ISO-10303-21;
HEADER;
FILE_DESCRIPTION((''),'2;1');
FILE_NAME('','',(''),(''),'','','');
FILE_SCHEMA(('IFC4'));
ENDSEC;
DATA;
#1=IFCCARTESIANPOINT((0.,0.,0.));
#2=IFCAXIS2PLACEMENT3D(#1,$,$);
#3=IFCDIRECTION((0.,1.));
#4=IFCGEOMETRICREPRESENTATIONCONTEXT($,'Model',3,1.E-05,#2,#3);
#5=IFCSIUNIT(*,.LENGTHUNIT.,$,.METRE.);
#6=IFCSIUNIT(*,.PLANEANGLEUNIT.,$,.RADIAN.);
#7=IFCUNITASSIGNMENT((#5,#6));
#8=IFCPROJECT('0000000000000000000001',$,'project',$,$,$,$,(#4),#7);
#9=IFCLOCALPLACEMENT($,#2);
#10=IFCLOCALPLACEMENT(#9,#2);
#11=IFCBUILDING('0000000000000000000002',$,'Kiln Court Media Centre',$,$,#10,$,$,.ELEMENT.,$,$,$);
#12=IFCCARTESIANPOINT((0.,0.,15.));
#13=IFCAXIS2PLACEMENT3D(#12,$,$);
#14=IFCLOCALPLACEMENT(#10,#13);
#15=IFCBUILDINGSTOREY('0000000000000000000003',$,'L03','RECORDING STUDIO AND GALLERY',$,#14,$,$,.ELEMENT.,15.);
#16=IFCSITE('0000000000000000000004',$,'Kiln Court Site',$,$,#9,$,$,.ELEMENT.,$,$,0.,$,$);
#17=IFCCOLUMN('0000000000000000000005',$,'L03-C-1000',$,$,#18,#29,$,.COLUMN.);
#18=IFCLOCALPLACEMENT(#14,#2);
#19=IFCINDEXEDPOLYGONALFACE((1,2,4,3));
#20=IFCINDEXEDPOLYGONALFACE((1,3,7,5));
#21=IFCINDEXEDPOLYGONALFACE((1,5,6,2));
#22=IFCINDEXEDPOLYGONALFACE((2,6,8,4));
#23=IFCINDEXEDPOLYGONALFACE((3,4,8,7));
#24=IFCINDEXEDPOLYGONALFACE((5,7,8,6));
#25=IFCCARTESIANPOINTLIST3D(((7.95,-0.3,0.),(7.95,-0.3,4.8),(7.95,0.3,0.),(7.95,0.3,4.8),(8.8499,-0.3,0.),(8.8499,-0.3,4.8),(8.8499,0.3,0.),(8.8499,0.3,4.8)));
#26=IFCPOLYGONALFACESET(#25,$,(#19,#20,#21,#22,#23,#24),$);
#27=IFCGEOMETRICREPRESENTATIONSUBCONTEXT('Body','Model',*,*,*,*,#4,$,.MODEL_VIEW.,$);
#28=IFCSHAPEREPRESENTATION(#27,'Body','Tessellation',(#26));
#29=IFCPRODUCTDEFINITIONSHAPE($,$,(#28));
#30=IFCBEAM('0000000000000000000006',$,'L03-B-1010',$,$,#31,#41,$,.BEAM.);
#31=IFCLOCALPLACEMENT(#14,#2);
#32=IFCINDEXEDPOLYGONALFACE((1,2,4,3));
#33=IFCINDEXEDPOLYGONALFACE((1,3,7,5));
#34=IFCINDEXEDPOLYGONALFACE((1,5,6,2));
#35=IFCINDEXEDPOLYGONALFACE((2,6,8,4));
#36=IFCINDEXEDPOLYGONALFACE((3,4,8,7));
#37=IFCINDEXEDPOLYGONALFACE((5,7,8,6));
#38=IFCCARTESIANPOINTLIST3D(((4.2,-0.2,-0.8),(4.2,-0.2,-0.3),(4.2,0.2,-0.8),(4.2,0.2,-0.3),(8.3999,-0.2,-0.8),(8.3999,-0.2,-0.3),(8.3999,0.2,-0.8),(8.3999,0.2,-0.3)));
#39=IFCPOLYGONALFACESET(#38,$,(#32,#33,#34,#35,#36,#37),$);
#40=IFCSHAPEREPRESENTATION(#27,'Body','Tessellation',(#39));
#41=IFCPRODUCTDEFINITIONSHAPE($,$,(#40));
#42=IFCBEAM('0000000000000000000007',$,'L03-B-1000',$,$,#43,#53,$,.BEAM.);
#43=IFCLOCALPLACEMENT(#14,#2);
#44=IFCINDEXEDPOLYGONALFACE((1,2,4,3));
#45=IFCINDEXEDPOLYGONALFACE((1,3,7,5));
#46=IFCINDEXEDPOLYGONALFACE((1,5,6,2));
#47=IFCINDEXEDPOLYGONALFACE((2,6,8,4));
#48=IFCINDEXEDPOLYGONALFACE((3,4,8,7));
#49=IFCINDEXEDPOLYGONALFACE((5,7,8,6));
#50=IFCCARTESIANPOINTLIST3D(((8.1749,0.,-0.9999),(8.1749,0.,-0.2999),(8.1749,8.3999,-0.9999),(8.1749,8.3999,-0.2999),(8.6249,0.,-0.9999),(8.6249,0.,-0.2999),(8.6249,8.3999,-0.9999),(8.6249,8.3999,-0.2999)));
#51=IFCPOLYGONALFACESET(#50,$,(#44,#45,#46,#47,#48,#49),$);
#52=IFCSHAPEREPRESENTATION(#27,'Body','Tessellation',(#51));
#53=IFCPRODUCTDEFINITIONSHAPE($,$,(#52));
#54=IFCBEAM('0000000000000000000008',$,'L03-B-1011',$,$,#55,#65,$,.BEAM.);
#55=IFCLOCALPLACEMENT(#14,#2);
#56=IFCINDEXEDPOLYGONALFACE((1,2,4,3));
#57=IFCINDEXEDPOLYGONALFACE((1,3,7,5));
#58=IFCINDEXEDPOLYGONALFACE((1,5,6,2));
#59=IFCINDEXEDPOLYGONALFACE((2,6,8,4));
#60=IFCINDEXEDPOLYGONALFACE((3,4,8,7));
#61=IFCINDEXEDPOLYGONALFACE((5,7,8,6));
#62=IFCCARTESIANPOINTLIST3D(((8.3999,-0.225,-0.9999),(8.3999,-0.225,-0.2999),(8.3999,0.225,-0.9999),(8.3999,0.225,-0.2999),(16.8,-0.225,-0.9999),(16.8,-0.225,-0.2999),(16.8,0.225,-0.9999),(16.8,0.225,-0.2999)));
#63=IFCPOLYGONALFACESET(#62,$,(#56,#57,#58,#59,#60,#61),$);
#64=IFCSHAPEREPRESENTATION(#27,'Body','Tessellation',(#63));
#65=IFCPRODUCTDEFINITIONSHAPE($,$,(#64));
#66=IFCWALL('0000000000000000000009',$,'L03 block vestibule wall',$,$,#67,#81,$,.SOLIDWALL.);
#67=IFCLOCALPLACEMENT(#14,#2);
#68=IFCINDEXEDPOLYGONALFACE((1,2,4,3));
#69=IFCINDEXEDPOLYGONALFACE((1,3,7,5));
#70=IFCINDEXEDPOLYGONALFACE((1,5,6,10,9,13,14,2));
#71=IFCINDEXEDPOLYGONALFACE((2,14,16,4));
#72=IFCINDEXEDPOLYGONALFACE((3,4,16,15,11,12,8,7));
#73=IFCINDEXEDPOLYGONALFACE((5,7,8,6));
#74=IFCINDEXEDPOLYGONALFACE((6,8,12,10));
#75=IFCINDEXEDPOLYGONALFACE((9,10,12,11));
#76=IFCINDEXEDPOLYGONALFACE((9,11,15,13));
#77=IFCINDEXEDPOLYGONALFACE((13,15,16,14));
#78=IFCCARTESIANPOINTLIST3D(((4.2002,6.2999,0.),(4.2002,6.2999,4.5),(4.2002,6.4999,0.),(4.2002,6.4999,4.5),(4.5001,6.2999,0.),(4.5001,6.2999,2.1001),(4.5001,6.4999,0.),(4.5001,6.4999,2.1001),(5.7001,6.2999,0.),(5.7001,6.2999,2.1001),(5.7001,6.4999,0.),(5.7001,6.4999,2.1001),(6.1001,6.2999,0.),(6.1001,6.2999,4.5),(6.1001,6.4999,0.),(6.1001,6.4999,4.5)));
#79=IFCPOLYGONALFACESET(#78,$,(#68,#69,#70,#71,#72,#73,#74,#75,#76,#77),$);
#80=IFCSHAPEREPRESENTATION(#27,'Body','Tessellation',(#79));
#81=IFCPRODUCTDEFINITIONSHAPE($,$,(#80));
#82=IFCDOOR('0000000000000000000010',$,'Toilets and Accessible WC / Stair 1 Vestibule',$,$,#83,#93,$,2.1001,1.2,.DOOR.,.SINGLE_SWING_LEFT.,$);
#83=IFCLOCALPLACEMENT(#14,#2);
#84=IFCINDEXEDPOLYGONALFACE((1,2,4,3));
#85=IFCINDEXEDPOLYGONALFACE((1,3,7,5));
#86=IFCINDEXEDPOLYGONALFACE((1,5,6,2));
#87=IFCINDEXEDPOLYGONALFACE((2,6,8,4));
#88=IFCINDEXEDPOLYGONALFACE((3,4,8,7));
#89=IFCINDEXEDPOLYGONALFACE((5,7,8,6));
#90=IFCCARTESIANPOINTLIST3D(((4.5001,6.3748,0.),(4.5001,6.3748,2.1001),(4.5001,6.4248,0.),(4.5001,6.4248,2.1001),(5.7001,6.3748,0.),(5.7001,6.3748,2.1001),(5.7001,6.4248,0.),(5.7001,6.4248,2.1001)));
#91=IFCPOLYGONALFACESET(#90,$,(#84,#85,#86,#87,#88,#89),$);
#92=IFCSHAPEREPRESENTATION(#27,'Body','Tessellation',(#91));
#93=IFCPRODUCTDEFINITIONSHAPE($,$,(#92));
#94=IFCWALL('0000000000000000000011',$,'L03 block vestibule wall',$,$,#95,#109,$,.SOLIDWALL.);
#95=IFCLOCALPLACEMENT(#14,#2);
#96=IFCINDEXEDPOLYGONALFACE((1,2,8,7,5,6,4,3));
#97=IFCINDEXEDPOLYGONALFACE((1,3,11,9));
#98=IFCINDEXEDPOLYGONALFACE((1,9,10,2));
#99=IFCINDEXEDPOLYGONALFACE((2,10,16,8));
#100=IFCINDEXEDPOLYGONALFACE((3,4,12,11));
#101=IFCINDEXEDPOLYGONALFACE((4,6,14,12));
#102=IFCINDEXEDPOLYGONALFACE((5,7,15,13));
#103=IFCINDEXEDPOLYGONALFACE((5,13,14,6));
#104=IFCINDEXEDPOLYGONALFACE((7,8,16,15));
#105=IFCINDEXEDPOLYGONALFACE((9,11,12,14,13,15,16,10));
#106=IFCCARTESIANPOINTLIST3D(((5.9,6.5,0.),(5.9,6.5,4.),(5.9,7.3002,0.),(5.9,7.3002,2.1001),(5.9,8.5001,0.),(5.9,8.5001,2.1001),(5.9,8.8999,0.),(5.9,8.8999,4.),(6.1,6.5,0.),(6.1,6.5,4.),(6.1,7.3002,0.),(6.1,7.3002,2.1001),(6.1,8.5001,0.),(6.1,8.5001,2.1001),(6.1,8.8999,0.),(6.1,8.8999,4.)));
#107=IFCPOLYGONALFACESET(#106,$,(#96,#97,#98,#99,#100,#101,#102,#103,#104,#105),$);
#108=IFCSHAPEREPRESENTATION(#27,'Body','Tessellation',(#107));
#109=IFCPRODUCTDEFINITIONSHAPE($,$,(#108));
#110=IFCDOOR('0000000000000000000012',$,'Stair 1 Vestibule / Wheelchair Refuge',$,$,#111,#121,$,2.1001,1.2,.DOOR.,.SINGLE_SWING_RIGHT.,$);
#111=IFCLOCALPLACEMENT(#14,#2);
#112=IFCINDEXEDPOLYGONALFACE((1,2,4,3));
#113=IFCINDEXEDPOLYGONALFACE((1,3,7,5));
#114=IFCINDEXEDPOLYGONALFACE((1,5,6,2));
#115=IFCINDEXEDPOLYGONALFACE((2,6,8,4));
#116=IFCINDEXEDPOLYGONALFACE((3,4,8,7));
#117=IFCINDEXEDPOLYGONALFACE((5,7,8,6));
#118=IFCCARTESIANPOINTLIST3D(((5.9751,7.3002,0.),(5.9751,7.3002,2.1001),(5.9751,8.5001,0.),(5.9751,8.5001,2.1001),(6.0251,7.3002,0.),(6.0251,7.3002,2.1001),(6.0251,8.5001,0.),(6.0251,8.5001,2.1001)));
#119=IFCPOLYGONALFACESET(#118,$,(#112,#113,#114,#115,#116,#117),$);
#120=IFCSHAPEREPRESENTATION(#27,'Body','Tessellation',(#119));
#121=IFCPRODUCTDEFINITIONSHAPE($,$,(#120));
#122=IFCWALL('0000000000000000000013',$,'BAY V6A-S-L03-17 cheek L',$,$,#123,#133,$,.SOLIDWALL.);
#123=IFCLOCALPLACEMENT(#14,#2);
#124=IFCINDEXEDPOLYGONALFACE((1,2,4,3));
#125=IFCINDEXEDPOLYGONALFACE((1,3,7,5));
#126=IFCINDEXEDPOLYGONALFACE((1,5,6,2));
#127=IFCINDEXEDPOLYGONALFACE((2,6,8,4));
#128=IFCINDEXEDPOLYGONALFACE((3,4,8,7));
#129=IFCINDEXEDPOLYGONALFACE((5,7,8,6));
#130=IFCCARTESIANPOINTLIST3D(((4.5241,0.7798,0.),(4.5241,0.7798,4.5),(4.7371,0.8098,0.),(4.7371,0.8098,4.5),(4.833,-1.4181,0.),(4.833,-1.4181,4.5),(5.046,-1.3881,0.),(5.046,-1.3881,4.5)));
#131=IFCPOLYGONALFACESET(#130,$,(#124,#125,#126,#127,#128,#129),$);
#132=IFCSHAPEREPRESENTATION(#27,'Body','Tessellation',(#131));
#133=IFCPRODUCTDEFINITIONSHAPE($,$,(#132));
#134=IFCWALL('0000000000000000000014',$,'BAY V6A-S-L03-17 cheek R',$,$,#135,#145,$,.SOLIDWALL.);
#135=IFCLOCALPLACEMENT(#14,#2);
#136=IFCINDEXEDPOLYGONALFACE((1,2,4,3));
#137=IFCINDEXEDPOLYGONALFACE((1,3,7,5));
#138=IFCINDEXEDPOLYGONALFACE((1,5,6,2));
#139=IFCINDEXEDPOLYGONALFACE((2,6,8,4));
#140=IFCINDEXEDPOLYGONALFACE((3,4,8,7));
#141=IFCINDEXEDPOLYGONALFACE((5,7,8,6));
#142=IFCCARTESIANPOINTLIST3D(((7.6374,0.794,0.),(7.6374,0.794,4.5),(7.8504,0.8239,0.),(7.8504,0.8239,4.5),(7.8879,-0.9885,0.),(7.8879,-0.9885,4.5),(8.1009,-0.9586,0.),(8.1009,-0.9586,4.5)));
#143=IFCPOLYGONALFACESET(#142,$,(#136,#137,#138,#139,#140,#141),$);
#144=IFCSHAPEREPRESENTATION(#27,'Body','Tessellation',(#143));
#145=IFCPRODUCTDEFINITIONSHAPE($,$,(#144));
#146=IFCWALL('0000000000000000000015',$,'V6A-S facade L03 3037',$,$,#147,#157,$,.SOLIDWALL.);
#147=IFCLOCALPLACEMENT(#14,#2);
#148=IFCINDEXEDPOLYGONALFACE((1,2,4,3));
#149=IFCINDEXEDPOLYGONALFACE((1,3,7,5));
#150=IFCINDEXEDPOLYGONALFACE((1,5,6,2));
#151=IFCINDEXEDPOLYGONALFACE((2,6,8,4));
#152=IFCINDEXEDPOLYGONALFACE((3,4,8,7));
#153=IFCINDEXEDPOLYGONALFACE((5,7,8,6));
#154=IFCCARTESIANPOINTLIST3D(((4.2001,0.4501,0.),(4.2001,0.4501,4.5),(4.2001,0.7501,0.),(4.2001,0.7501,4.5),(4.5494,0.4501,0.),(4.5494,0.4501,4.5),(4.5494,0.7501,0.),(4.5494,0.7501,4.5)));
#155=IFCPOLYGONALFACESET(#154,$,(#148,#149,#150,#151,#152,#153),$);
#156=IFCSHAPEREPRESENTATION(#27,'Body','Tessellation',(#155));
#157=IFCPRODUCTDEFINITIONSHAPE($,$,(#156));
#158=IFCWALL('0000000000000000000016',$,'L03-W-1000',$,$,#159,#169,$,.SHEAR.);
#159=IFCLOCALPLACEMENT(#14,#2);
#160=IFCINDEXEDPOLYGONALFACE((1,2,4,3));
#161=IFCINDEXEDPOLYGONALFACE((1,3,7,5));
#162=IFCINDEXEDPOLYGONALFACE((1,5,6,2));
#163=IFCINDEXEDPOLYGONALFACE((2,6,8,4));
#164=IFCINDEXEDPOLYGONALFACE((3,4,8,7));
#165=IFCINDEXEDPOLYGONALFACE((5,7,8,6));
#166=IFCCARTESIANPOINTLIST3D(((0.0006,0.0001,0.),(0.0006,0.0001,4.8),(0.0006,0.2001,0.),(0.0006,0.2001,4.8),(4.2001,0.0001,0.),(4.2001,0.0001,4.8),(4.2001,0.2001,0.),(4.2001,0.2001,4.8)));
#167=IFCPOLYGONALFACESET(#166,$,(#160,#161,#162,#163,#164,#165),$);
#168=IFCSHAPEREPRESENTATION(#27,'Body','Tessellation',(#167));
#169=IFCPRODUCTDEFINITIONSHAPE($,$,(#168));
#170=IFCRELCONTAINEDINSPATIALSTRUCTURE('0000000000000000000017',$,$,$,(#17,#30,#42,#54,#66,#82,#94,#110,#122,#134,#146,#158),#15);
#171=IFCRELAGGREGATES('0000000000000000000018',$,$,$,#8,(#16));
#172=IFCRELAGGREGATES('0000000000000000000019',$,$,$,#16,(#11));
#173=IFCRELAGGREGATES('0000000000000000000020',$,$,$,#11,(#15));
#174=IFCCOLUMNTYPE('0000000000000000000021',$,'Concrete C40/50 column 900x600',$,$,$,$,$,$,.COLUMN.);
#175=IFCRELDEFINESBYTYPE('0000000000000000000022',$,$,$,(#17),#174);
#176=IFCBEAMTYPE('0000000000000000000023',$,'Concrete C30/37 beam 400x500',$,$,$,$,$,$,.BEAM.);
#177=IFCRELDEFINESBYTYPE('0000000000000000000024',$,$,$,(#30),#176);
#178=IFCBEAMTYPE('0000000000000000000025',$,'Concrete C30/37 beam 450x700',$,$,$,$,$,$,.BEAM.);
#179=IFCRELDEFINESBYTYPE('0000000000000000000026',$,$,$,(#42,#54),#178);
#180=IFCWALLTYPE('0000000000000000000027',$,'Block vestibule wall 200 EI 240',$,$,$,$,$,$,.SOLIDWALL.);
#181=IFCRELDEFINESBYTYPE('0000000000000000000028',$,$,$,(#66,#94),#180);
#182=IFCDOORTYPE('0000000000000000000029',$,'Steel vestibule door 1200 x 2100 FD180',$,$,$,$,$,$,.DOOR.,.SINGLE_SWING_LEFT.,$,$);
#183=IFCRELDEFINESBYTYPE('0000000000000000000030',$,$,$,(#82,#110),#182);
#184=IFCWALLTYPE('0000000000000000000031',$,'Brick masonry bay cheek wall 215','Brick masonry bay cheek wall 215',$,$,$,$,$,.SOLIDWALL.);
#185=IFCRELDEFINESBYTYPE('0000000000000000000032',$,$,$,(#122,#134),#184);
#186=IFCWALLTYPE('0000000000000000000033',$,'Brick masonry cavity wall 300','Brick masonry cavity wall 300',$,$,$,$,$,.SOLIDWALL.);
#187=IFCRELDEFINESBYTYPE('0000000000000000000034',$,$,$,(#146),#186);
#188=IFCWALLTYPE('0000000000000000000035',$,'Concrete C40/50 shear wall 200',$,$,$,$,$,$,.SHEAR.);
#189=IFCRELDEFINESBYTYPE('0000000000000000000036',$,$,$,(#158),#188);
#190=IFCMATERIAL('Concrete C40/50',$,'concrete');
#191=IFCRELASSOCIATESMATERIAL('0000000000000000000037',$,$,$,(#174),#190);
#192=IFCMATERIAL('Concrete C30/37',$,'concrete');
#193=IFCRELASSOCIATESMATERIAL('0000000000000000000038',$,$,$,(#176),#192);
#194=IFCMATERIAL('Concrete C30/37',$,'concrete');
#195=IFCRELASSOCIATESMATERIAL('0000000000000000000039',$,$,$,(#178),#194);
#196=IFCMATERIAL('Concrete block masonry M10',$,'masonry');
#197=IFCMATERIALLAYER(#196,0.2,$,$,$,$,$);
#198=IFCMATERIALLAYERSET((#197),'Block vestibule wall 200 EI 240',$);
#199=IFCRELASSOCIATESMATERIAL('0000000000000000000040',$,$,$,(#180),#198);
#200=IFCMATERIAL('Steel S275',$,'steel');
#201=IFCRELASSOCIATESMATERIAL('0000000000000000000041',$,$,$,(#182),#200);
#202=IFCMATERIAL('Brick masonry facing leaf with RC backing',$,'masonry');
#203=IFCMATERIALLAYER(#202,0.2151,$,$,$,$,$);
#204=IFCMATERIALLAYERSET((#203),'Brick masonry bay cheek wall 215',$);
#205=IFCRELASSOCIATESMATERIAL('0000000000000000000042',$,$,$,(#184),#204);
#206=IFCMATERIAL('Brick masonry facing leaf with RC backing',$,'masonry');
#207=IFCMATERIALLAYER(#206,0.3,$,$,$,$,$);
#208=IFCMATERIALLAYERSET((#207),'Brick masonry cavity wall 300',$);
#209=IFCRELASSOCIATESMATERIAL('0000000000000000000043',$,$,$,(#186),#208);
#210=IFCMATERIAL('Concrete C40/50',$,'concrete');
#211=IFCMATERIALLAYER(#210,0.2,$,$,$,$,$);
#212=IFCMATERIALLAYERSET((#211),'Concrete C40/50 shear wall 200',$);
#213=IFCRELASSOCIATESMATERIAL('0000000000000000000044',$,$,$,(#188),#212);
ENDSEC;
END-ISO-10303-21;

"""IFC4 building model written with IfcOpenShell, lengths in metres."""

from ifc_helpers import new_model, si_unit, direction, frame, frame_2d, origin, origin_2d, place, context, subcontext, project, spatial, rectangle, extrude, material, layer, layer_set, material_profile, profile_set, type_object, element, fill, save


model = new_model("IFC4")

# Units and contexts
model_context = context("Model", 3, precision=1e-05, world=origin(), true_north=direction((0.0, 1.0)))
body_context = subcontext(model_context, "Body", "Model", "MODEL_VIEW")
ifc_project = project(units=[si_unit("LENGTHUNIT", "METRE"), si_unit("PLANEANGLEUNIT", "RADIAN")], contexts=[model_context])

# Site, building, storey
site_placement = place(None, origin())
site = spatial("IfcSite", under=ifc_project, at=site_placement, Name="Kiln Court Site", CompositionType="ELEMENT", RefElevation=0.0)
building_placement = place(site_placement, origin())
building = spatial("IfcBuilding", under=site, at=building_placement, Name="Kiln Court Media Centre", CompositionType="ELEMENT")
storey_placement = place(building_placement, frame((0.0, 0.0, 15.0)))
storey = spatial("IfcBuildingStorey", under=building, at=storey_placement, Name="L03", Description="RECORDING STUDIO AND GALLERY", CompositionType="ELEMENT", Elevation=15.0)

# Column
ifc_material_1 = material(Name="Concrete C40/50", Category="concrete")
ifc_material_profile_1 = material_profile(ifc_material_1, rectangle(XDim=0.8999, YDim=0.6001, at=origin_2d()), Name="RC 900x600")
ifc_profile_set_1 = profile_set([ifc_material_profile_1], Name="Concrete C40/50")
column_type = type_object("IfcColumnType", Name="Concrete C40/50 column 900x600", PredefinedType="COLUMN", material=ifc_profile_set_1)
column_placement = place(storey_placement, frame((8.3999, 0.0, 0.0), z_axis=(0.0, 0.0, 1.0), x_axis=(1.0, 0.0, 0.0)))
element("IfcColumn", 1, at=column_placement, inside=storey, type_object=column_type, Name="L03-C-1000", PredefinedType="COLUMN", context=body_context, shape_type="SweptSolid", body=[
    extrude(rectangle(XDim=0.8999, YDim=0.6001, at=origin_2d()), origin(), (0.0, 0.0, 1.0), 4.8),
])

# Beams
ifc_material_2 = material(Name="Concrete C30/37", Category="concrete")
ifc_material_profile_2 = material_profile(ifc_material_2, rectangle(XDim=0.3999, YDim=0.5, at=origin_2d()), Name="RC 400x500")
ifc_profile_set_2 = profile_set([ifc_material_profile_2], Name="Concrete C30/37")
beam_type_1 = type_object("IfcBeamType", Name="Concrete C30/37 beam 400x500", PredefinedType="BEAM", material=ifc_profile_set_2)
beam_1_placement = place(storey_placement, frame((4.2, 0.0, -0.55), z_axis=(1.0, 0.0, 0.0), x_axis=(0.0, 1.0, 0.0)))
element("IfcBeam", 2, at=beam_1_placement, inside=storey, type_object=beam_type_1, Name="L03-B-1010", PredefinedType="BEAM", context=body_context, shape_type="SweptSolid", body=[
    extrude(rectangle(XDim=0.3999, YDim=0.5, at=origin_2d()), origin(), (0.0, 0.0, 1.0), 4.2),
])
ifc_material_3 = material(Name="Concrete C30/37", Category="concrete")
ifc_material_profile_3 = material_profile(ifc_material_3, rectangle(XDim=0.45, YDim=0.7, at=origin_2d()), Name="RC 450x700")
ifc_profile_set_3 = profile_set([ifc_material_profile_3], Name="Concrete C30/37")
beam_type_2 = type_object("IfcBeamType", Name="Concrete C30/37 beam 450x700", PredefinedType="BEAM", material=ifc_profile_set_3)
beam_2_placement = place(storey_placement, frame((8.3999, 0.0, -0.6499), z_axis=(0.0, 1.0, 0.0), x_axis=(-1.0, 0.0, 0.0)))
element("IfcBeam", 3, at=beam_2_placement, inside=storey, type_object=beam_type_2, Name="L03-B-1000", PredefinedType="BEAM", context=body_context, shape_type="SweptSolid", body=[
    extrude(rectangle(XDim=0.45, YDim=0.7, at=origin_2d()), origin(), (0.0, 0.0, 1.0), 8.3999),
])
beam_3_placement = place(storey_placement, frame((8.3999, 0.0, -0.6499), z_axis=(1.0, 0.0, 0.0), x_axis=(0.0, 1.0, 0.0)))
element("IfcBeam", 4, at=beam_3_placement, inside=storey, type_object=beam_type_2, Name="L03-B-1011", PredefinedType="BEAM", context=body_context, shape_type="SweptSolid", body=[
    extrude(rectangle(XDim=0.45, YDim=0.7, at=origin_2d()), origin(), (0.0, 0.0, 1.0), 8.4001),
])

# Walls, openings, doors
ifc_material_4 = material(Name="Concrete block masonry M10", Category="masonry")
ifc_layer_1 = layer(ifc_material_4, 0.2)
ifc_layer_set_1 = layer_set([ifc_layer_1], Name="Block vestibule wall 200 EI 240")
wall_type_1 = type_object("IfcWallType", Name="Block vestibule wall 200 EI 240", PredefinedType="SOLIDWALL", material=ifc_layer_set_1)
wall_1_placement = place(storey_placement, frame((4.2002, 6.3999, 0.0), z_axis=(0.0, 0.0, 1.0), x_axis=(1.0, 0.0, 0.0)))
wall_1 = element("IfcWall", 5, at=wall_1_placement, inside=storey, type_object=wall_type_1, Name="L03 block vestibule wall", PredefinedType="SOLIDWALL", context=body_context, shape_type="SweptSolid", body=[
    extrude(rectangle(XDim=1.8999, YDim=0.2, at=frame_2d((0.95, 0.0))), origin(), (0.0, 0.0, 1.0), 4.5),
])
opening_1_placement = place(wall_1_placement, frame((0.2998, 0.0, 0.0)))
opening_1 = element("IfcOpeningElement", 6, at=opening_1_placement, cuts=wall_1, PredefinedType="OPENING", context=body_context, shape_type="SweptSolid", body=[
    extrude(rectangle(XDim=1.2, YDim=2.1001, at=frame_2d((0.6001, 1.05))), frame((0.0, 0.1099, 0.0), z_axis=(0.0, -1.0, 0.0), x_axis=(1.0, 0.0, 0.0)), (0.0, 0.0, 1.0), 0.22),
])
ifc_material_5 = material(Name="Steel S275", Category="steel")
door_type = type_object("IfcDoorType", Name="Steel vestibule door 1200 x 2100 FD180", OperationType="SINGLE_SWING_LEFT", PredefinedType="DOOR", material=ifc_material_5)
door_1_placement = place(opening_1_placement, origin())
door_1 = element("IfcDoor", 7, at=door_1_placement, inside=storey, type_object=door_type, Name="Toilets and Accessible WC / Stair 1 Vestibule", OperationType="SINGLE_SWING_LEFT", OverallHeight=2.1001, OverallWidth=1.2, PredefinedType="DOOR", context=body_context, shape_type="SweptSolid", body=[
    extrude(rectangle(XDim=1.2, YDim=2.1001, at=frame_2d((0.6001, 1.05))), frame((0.0, 0.0249, 0.0), z_axis=(0.0, -1.0, 0.0), x_axis=(1.0, 0.0, 0.0)), (0.0, 0.0, 1.0), 0.05),
])
fill(opening_1, door_1)
wall_2_placement = place(storey_placement, frame((6.0, 6.5, 0.0), z_axis=(0.0, 0.0, 1.0), x_axis=(0.0, 1.0, 0.0)))
wall_2 = element("IfcWall", 8, at=wall_2_placement, inside=storey, type_object=wall_type_1, Name="L03 block vestibule wall", PredefinedType="SOLIDWALL", context=body_context, shape_type="SweptSolid", body=[
    extrude(rectangle(XDim=2.3999, YDim=0.2, at=frame_2d((1.2, 0.0))), origin(), (0.0, 0.0, 1.0), 4.0),
])
opening_2_placement = place(wall_2_placement, frame((0.8, 0.0, 0.0)))
opening_2 = element("IfcOpeningElement", 9, at=opening_2_placement, cuts=wall_2, PredefinedType="OPENING", context=body_context, shape_type="SweptSolid", body=[
    extrude(rectangle(XDim=1.2, YDim=2.1001, at=frame_2d((0.6001, 1.05))), frame((0.0, 0.1099, 0.0), z_axis=(0.0, -1.0, 0.0), x_axis=(1.0, 0.0, 0.0)), (0.0, 0.0, 1.0), 0.22),
])
door_2_placement = place(opening_2_placement, origin())
door_2 = element("IfcDoor", 10, at=door_2_placement, inside=storey, type_object=door_type, Name="Stair 1 Vestibule / Wheelchair Refuge", OperationType="SINGLE_SWING_RIGHT", OverallHeight=2.1001, OverallWidth=1.2, PredefinedType="DOOR", context=body_context, shape_type="SweptSolid", body=[
    extrude(rectangle(XDim=1.2, YDim=2.1001, at=frame_2d((0.6001, 1.05))), frame((0.0, 0.0249, 0.0), z_axis=(0.0, -1.0, 0.0), x_axis=(1.0, 0.0, 0.0)), (0.0, 0.0, 1.0), 0.05),
])
fill(opening_2, door_2)

# Walls
ifc_material_6 = material(Name="Brick masonry facing leaf with RC backing", Category="masonry")
ifc_layer_2 = layer(ifc_material_6, 0.2151)
ifc_layer_set_2 = layer_set([ifc_layer_2], Name="Brick masonry bay cheek wall 215")
wall_type_2 = type_object("IfcWallType", Name="Brick masonry bay cheek wall 215", Description="Brick masonry bay cheek wall 215", PredefinedType="SOLIDWALL", material=ifc_layer_set_2)
wall_3_placement = place(storey_placement, frame((4.6306, 0.7949, 0.0), z_axis=(0.0, 0.0, 1.0), x_axis=(0.139142, -0.990272, 0.0)))
element("IfcWall", 11, at=wall_3_placement, inside=storey, type_object=wall_type_2, Name="BAY V6A-S-L03-17 cheek L", PredefinedType="SOLIDWALL", context=body_context, shape_type="SweptSolid", body=[
    extrude(rectangle(XDim=2.2195, YDim=0.2151, at=frame_2d((1.1099, 0.0))), origin(), (0.0, 0.0, 1.0), 4.5),
])
wall_4_placement = place(storey_placement, frame((7.7439, 0.8088, 0.0), z_axis=(0.0, 0.0, 1.0), x_axis=(0.139161, -0.99027, 0.0)))
element("IfcWall", 12, at=wall_4_placement, inside=storey, type_object=wall_type_2, Name="BAY V6A-S-L03-17 cheek R", PredefinedType="SOLIDWALL", context=body_context, shape_type="SweptSolid", body=[
    extrude(rectangle(XDim=1.8, YDim=0.2151, at=frame_2d((0.8999, 0.0))), origin(), (0.0, 0.0, 1.0), 4.5),
])
ifc_material_7 = material(Name="Brick masonry facing leaf with RC backing", Category="masonry")
ifc_layer_3 = layer(ifc_material_7, 0.3)
ifc_layer_set_3 = layer_set([ifc_layer_3], Name="Brick masonry cavity wall 300")
wall_type_3 = type_object("IfcWallType", Name="Brick masonry cavity wall 300", Description="Brick masonry cavity wall 300", PredefinedType="SOLIDWALL", material=ifc_layer_set_3)
wall_5_placement = place(storey_placement, frame((4.5496, 0.6001, 0.0), z_axis=(0.0, 0.0, 1.0), x_axis=(-1.0, 0.0, 0.0)))
element("IfcWall", 13, at=wall_5_placement, inside=storey, type_object=wall_type_3, Name="V6A-S facade L03 3037", PredefinedType="SOLIDWALL", context=body_context, shape_type="SweptSolid", body=[
    extrude(rectangle(XDim=0.3494, YDim=0.3, at=frame_2d((0.1748, 0.0))), origin(), (0.0, 0.0, 1.0), 4.5),
])
ifc_material_8 = material(Name="Concrete C40/50", Category="concrete")
ifc_layer_4 = layer(ifc_material_8, 0.2)
ifc_layer_set_4 = layer_set([ifc_layer_4], Name="Concrete C40/50 shear wall 200")
wall_type_4 = type_object("IfcWallType", Name="Concrete C40/50 shear wall 200", PredefinedType="SHEAR", material=ifc_layer_set_4)
wall_6_placement = place(storey_placement, frame((4.2, 0.1001, 0.0), z_axis=(0.0, 0.0, 1.0), x_axis=(-1.0, 0.0, 0.0)))
element("IfcWall", 14, at=wall_6_placement, inside=storey, type_object=wall_type_4, Name="L03-W-1000", PredefinedType="SHEAR", context=body_context, shape_type="SweptSolid", body=[
    extrude(rectangle(XDim=4.1995, YDim=0.2, at=frame_2d((2.0996, 0.0))), origin(), (0.0, 0.0, 1.0), 4.8),
])

save(model, "model.ifc")
